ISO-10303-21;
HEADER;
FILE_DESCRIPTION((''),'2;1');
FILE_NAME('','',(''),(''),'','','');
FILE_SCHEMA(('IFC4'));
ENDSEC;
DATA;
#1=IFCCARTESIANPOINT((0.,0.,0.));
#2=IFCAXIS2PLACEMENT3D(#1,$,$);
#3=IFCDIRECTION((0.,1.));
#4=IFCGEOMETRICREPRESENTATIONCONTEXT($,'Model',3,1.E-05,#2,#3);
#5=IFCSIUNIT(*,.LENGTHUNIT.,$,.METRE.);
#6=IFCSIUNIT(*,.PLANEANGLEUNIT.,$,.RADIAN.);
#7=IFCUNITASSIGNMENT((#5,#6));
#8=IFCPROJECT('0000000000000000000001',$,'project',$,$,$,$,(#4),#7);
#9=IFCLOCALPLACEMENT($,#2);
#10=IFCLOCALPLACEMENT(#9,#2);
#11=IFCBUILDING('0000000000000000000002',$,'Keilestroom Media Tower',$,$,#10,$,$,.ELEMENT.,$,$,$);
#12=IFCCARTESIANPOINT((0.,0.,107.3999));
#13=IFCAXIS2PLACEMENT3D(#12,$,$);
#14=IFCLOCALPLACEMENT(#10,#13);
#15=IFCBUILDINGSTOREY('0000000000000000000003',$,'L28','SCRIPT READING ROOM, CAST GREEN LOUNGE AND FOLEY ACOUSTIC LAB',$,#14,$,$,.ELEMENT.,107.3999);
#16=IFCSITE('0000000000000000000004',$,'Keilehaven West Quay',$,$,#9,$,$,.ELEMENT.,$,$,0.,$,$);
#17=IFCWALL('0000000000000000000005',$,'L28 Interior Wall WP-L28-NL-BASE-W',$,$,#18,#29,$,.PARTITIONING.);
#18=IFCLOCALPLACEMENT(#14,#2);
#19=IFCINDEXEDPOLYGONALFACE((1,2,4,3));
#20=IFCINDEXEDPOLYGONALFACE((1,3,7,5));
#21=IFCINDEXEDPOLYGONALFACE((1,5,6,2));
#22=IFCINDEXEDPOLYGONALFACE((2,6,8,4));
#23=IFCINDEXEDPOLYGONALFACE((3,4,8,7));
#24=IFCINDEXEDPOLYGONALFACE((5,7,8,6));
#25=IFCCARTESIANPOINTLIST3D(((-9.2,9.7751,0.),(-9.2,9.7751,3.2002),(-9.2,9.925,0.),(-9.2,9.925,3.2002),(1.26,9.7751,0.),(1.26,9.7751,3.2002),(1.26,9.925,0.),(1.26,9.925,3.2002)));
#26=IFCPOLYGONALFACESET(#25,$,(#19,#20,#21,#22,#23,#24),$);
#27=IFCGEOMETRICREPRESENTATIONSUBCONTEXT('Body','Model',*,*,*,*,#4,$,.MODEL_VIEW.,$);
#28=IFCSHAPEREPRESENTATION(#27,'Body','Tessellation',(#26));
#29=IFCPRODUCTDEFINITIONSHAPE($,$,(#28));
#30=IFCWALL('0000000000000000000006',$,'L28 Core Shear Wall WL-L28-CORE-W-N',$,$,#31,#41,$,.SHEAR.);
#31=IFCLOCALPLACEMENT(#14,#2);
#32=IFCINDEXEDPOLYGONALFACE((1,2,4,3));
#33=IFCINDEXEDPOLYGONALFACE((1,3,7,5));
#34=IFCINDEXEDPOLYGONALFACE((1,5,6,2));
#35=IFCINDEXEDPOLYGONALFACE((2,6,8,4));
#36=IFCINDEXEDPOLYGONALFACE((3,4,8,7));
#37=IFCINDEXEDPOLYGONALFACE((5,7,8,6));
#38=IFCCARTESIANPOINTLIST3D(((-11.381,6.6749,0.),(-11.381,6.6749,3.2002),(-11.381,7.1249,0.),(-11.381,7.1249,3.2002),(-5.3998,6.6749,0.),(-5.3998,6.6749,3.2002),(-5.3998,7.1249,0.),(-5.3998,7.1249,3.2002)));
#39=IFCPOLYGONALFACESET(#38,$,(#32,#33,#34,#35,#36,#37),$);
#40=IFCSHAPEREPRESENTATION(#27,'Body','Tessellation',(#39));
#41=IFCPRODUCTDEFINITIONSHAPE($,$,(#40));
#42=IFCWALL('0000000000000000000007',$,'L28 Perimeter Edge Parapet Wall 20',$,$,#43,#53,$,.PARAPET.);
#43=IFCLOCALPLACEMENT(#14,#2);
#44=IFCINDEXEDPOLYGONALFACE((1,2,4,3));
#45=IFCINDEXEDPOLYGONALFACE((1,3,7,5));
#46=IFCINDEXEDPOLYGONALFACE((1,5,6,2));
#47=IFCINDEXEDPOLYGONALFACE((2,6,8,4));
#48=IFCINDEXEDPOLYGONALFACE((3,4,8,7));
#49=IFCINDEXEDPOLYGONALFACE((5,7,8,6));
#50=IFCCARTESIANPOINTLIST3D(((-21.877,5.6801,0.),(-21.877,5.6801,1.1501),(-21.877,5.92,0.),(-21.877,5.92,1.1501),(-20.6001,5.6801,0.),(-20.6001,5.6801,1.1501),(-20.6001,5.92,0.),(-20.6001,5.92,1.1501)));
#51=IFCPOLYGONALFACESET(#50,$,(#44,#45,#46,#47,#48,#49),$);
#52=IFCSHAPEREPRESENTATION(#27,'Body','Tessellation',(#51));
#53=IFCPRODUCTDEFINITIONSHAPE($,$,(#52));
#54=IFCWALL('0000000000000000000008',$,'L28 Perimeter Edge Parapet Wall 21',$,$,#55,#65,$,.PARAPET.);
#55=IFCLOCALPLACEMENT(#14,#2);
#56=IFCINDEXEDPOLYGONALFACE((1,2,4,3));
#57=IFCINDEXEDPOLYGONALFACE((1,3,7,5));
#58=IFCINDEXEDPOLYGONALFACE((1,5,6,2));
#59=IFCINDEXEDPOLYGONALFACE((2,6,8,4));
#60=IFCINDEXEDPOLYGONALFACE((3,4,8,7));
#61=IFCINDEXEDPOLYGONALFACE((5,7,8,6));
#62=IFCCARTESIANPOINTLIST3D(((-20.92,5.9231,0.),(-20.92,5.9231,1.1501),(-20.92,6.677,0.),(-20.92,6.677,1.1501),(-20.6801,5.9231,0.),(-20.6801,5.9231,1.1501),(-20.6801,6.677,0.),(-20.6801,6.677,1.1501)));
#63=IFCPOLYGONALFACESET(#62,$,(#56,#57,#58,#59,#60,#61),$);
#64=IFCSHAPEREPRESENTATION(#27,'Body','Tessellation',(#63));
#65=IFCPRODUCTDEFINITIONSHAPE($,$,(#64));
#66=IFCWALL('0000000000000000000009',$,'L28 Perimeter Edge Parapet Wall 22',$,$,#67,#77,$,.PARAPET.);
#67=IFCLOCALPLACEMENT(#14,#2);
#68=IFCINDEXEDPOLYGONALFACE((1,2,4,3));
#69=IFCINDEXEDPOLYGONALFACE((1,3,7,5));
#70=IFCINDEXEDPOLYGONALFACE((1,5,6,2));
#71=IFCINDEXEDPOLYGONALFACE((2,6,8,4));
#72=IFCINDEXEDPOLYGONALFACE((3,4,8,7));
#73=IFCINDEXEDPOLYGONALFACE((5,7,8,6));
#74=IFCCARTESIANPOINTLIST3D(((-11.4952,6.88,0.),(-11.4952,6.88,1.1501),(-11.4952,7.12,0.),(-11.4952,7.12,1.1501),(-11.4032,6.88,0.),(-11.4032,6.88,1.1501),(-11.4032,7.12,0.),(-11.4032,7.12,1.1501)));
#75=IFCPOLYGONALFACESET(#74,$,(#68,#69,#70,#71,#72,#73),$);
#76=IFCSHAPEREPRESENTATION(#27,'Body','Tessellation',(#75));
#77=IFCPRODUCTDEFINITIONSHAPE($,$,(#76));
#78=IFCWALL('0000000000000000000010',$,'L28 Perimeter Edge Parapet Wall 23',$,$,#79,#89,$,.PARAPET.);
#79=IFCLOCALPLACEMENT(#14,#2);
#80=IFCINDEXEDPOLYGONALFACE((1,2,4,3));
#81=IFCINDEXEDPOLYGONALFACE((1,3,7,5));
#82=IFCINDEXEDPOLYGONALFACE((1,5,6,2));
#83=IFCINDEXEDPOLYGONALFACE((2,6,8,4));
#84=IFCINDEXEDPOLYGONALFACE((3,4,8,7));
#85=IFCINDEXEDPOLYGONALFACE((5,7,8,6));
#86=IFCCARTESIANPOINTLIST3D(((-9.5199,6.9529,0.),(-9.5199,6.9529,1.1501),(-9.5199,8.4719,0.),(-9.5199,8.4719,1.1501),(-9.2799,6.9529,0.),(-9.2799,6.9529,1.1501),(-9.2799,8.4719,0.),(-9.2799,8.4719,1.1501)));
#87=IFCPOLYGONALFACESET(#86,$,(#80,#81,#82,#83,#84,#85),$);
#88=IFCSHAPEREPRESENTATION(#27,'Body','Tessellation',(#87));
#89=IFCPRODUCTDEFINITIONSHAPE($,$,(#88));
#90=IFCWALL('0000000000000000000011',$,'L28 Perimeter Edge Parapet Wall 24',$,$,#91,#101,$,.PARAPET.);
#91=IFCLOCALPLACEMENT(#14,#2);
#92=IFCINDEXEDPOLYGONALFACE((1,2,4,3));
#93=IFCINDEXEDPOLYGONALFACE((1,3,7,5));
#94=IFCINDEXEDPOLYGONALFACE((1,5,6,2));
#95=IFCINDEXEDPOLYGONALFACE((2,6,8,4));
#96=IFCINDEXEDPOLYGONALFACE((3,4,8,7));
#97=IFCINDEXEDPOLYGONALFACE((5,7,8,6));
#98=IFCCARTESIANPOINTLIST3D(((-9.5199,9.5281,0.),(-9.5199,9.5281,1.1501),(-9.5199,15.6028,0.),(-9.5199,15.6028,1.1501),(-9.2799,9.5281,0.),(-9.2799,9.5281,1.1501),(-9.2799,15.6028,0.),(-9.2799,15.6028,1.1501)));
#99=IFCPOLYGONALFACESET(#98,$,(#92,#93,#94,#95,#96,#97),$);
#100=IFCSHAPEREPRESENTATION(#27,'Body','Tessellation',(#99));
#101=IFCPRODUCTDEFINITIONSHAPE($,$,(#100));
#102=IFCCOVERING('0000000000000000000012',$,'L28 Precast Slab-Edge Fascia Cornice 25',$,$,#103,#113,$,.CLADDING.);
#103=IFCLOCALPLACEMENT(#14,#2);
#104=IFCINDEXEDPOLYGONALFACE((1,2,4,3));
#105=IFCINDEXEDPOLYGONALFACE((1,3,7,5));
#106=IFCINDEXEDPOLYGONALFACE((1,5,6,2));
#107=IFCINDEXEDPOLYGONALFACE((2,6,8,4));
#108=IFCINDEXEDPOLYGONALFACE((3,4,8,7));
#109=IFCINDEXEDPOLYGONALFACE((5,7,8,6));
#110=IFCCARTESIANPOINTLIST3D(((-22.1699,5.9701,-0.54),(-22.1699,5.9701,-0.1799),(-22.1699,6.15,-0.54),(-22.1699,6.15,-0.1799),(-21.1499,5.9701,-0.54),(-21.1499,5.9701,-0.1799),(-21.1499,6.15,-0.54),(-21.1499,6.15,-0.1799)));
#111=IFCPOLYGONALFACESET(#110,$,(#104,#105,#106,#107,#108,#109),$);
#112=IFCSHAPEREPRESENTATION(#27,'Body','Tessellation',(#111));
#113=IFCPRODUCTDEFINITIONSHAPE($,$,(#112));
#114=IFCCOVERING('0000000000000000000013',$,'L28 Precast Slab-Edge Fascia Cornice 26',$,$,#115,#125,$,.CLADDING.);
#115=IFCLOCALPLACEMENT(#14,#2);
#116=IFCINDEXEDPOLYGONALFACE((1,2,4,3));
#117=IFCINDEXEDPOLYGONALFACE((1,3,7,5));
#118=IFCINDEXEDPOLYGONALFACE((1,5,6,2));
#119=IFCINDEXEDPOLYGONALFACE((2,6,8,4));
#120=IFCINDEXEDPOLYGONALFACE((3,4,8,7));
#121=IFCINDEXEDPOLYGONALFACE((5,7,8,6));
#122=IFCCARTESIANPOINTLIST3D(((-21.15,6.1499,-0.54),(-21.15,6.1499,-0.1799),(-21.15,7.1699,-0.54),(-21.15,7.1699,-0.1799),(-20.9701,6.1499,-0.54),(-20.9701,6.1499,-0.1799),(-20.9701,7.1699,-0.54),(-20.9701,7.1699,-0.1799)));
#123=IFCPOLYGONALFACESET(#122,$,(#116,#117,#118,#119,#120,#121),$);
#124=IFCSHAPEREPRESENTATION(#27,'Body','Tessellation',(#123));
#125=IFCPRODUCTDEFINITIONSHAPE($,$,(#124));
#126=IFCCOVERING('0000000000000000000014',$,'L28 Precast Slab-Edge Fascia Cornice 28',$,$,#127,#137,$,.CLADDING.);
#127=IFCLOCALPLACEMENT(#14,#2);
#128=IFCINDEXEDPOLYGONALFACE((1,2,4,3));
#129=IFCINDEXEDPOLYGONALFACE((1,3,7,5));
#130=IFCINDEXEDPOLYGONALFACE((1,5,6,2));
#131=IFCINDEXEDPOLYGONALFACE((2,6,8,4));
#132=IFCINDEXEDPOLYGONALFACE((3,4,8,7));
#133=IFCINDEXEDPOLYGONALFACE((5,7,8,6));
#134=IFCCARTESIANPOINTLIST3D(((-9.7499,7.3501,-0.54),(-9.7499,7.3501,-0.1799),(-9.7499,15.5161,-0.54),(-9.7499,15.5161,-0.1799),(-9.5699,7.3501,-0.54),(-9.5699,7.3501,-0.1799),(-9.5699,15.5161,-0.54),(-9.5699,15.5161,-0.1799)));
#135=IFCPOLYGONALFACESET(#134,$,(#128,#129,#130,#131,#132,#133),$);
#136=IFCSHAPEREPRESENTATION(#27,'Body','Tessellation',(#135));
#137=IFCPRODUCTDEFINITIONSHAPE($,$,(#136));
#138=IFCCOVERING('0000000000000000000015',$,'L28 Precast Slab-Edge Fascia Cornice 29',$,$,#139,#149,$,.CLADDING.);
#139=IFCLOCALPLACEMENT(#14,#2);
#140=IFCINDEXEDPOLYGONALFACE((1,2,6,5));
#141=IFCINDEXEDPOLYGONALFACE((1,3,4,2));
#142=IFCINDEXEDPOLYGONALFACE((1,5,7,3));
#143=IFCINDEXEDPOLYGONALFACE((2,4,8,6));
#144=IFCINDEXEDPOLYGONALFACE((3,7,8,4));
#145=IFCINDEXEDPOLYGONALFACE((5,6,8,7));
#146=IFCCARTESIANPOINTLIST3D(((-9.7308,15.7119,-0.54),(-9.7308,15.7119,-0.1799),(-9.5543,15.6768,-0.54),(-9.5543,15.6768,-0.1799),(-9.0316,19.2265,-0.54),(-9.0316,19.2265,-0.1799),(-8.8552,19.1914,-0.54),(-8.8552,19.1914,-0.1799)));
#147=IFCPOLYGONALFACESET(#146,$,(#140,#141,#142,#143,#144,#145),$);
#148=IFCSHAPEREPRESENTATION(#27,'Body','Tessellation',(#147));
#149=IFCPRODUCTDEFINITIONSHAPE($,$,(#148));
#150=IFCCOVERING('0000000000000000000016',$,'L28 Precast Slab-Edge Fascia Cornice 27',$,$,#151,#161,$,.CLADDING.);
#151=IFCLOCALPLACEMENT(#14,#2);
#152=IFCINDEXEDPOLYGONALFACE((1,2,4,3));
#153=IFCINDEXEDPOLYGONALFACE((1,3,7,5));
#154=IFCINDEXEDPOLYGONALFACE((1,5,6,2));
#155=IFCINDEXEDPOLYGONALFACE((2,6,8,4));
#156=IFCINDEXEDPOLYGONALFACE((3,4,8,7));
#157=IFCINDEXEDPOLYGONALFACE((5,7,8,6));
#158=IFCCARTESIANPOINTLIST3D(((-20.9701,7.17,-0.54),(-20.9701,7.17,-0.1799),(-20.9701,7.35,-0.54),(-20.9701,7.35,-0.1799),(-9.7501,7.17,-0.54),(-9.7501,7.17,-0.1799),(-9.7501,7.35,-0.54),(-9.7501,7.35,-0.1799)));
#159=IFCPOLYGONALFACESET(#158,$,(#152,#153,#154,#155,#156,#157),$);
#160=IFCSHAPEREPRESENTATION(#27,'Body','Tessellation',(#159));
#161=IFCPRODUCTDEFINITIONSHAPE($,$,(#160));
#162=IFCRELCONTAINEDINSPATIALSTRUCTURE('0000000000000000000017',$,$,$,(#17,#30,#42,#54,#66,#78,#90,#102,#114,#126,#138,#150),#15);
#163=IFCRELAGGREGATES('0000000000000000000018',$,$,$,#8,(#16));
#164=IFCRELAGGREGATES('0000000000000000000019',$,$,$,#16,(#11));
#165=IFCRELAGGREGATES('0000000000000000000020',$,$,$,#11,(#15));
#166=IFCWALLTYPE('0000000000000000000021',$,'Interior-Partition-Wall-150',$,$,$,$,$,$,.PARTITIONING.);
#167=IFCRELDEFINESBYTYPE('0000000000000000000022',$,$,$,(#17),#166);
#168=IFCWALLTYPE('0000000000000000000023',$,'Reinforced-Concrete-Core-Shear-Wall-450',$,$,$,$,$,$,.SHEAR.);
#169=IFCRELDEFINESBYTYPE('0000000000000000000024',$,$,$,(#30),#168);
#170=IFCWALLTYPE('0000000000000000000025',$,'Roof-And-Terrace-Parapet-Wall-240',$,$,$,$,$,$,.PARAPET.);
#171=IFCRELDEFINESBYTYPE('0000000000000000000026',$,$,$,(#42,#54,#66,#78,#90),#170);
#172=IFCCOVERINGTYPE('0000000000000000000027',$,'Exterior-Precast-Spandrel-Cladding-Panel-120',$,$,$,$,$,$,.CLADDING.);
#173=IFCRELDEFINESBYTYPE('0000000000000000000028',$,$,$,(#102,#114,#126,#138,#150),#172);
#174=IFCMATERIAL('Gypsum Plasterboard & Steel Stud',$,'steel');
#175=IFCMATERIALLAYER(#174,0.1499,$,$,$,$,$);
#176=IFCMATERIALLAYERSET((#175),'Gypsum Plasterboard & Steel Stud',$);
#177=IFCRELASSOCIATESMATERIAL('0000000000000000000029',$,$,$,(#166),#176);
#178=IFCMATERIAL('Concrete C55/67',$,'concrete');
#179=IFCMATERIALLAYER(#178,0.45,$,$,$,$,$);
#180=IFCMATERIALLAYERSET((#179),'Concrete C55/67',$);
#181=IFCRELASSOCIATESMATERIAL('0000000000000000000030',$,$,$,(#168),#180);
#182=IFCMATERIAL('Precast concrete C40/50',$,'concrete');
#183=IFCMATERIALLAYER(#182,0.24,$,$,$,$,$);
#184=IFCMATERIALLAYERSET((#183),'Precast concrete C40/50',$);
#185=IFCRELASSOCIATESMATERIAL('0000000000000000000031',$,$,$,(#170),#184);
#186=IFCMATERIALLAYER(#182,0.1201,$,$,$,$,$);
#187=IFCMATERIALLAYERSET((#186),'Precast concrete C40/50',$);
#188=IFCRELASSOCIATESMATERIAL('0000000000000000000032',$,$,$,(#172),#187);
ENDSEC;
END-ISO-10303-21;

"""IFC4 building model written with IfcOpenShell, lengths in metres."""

from ifc_helpers import new_model, si_unit, direction, frame, frame_2d, origin, origin_2d, place, context, subcontext, project, spatial, rectangle, extrude, source, transform, mapped, material, layer, layer_set, type_object, element, save


model = new_model("IFC4")

# Units and contexts
model_context = context("Model", 3, precision=1e-05, world=origin(), true_north=direction((0.0, 1.0)))
body_context = subcontext(model_context, "Body", "Model", "MODEL_VIEW")
ifc_project = project(units=[si_unit("LENGTHUNIT", "METRE"), si_unit("PLANEANGLEUNIT", "RADIAN")], contexts=[model_context])

# Site, building, storey
site_placement = place(None, origin())
site = spatial("IfcSite", under=ifc_project, at=site_placement, Name="Keilehaven West Quay", CompositionType="ELEMENT", RefElevation=0.0)
building_placement = place(site_placement, origin())
building = spatial("IfcBuilding", under=site, at=building_placement, Name="Keilestroom Media Tower", CompositionType="ELEMENT")
storey_placement = place(building_placement, frame((0.0, 0.0, 107.3999)))
storey = spatial("IfcBuildingStorey", under=building, at=storey_placement, Name="L28", Description="SCRIPT READING ROOM, CAST GREEN LOUNGE AND FOLEY ACOUSTIC LAB", CompositionType="ELEMENT", Elevation=107.3999)

# Shared definitions
ifc_material_1 = material(Name="Precast concrete C40/50", Category="concrete")
ifc_material_2 = material(Name="Concrete C55/67", Category="concrete")

# Shared definitions
ifc_material_3 = material(Name="Gypsum Plasterboard & Steel Stud", Category="steel")

# Walls
ifc_layer_1 = layer(ifc_material_3, 0.1499)
ifc_layer_set_1 = layer_set([ifc_layer_1], Name="Gypsum Plasterboard & Steel Stud")
wall_type_1 = type_object("IfcWallType", Name="Interior-Partition-Wall-150", PredefinedType="PARTITIONING", material=ifc_layer_set_1)
wall_1_placement = place(storey_placement, frame((-9.2, 9.8501, 0.0), z_axis=(0.0, 0.0, 1.0), x_axis=(1.0, 0.0, 0.0)))
element("IfcWall", 1, at=wall_1_placement, inside=storey, type_object=wall_type_1, Name="L28 Interior Wall WP-L28-NL-BASE-W", PredefinedType="PARTITIONING", context=body_context, shape_type="SweptSolid", body=[
    extrude(rectangle(XDim=10.46, YDim=0.1499, at=frame_2d((5.23, 0.0))), origin(), (0.0, 0.0, 1.0), 3.2002),
])
ifc_layer_2 = layer(ifc_material_2, 0.45)
ifc_layer_set_2 = layer_set([ifc_layer_2], Name="Concrete C55/67")
wall_type_2 = type_object("IfcWallType", Name="Reinforced-Concrete-Core-Shear-Wall-450", PredefinedType="SHEAR", material=ifc_layer_set_2)
wall_2_placement = place(storey_placement, frame((-11.3811, 6.8999, 0.0), z_axis=(0.0, 0.0, 1.0), x_axis=(1.0, 0.0, 0.0)))
element("IfcWall", 2, at=wall_2_placement, inside=storey, type_object=wall_type_2, Name="L28 Core Shear Wall WL-L28-CORE-W-N", PredefinedType="SHEAR", context=body_context, shape_type="SweptSolid", body=[
    extrude(rectangle(XDim=5.9812, YDim=0.45, at=frame_2d((2.9907, 0.0))), origin(), (0.0, 0.0, 1.0), 3.2002),
])
ifc_layer_3 = layer(ifc_material_1, 0.24)
ifc_layer_set_3 = layer_set([ifc_layer_3], Name="Precast concrete C40/50")
wall_type_3 = type_object("IfcWallType", Name="Roof-And-Terrace-Parapet-Wall-240", PredefinedType="PARAPET", material=ifc_layer_set_3)
wall_3_placement = place(storey_placement, frame((-21.877, 5.8, 0.0), z_axis=(0.0, 0.0, 1.0), x_axis=(1.0, 0.0, 0.0)))
element("IfcWall", 3, at=wall_3_placement, inside=storey, type_object=wall_type_3, Name="L28 Perimeter Edge Parapet Wall 20", PredefinedType="PARAPET", context=body_context, shape_type="SweptSolid", body=[
    extrude(rectangle(XDim=1.2769, YDim=0.24, at=frame_2d((0.6384, 0.0))), origin(), (0.0, 0.0, 1.0), 1.1501),
])
wall_4_placement = place(storey_placement, frame((-20.8, 5.9231, 0.0), z_axis=(0.0, 0.0, 1.0), x_axis=(0.0, 1.0, 0.0)))
element("IfcWall", 4, at=wall_4_placement, inside=storey, type_object=wall_type_3, Name="L28 Perimeter Edge Parapet Wall 21", PredefinedType="PARAPET", context=body_context, shape_type="SweptSolid", body=[
    extrude(rectangle(XDim=0.7539, YDim=0.24, at=frame_2d((0.377, 0.0))), origin(), (0.0, 0.0, 1.0), 1.1501),
])
wall_5_placement = place(storey_placement, frame((-11.4951, 7.0, 0.0), z_axis=(0.0, 0.0, 1.0), x_axis=(1.0, 0.0, 0.0)))
element("IfcWall", 5, at=wall_5_placement, inside=storey, type_object=wall_type_3, Name="L28 Perimeter Edge Parapet Wall 22", PredefinedType="PARAPET", context=body_context, shape_type="SweptSolid", body=[
    extrude(rectangle(XDim=0.092, YDim=0.24, at=frame_2d((0.0459, 0.0))), origin(), (0.0, 0.0, 1.0), 1.1501),
])
wall_6_placement = place(storey_placement, frame((-9.3999, 6.9529, 0.0), z_axis=(0.0, 0.0, 1.0), x_axis=(0.0, 1.0, 0.0)))
element("IfcWall", 6, at=wall_6_placement, inside=storey, type_object=wall_type_3, Name="L28 Perimeter Edge Parapet Wall 23", PredefinedType="PARAPET", context=body_context, shape_type="SweptSolid", body=[
    extrude(rectangle(XDim=1.519, YDim=0.24, at=frame_2d((0.7595, 0.0))), origin(), (0.0, 0.0, 1.0), 1.1501),
])
wall_7_placement = place(storey_placement, frame((-9.3999, 9.5281, 0.0), z_axis=(0.0, 0.0, 1.0), x_axis=(0.0, 1.0, 0.0)))
element("IfcWall", 7, at=wall_7_placement, inside=storey, type_object=wall_type_3, Name="L28 Perimeter Edge Parapet Wall 24", PredefinedType="PARAPET", context=body_context, shape_type="SweptSolid", body=[
    extrude(rectangle(XDim=6.0747, YDim=0.24, at=frame_2d((3.0374, 0.0))), origin(), (0.0, 0.0, 1.0), 1.1501),
])

# Coverings
ifc_layer_4 = layer(ifc_material_1, 0.1201)
ifc_layer_set_4 = layer_set([ifc_layer_4], Name="Precast concrete C40/50")
covering_type = type_object("IfcCoveringType", Name="Exterior-Precast-Spandrel-Cladding-Panel-120", PredefinedType="CLADDING", material=ifc_layer_set_4)
shared_shape_1 = source(origin(), body_context, "Body", "SweptSolid", [
    extrude(rectangle(XDim=1.02, YDim=0.1799, at=origin_2d()), origin(), (0.0, 0.0, 1.0), 0.3601),
])
for number, where, z_axis, x_axis, name in (
    (8, (-21.6599, 6.0601, -0.54), (0.0, 0.0, 1.0), (1.0, 0.0, 0.0), "L28 Precast Slab-Edge Fascia Cornice 25"),
    (9, (-21.0601, 6.6599, -0.54), (0.0, 0.0, 1.0), (0.0, 1.0, 0.0), "L28 Precast Slab-Edge Fascia Cornice 26"),
):
    element("IfcCovering", number, at=place(storey_placement, frame(where, z_axis=z_axis, x_axis=x_axis)), inside=storey, type_object=covering_type, Name=name, PredefinedType="CLADDING", context=body_context, shape_type="MappedRepresentation", body=[
        mapped(shared_shape_1, transform((0.0, 0.0, 0.0), x_axis=(1.0, 0.0, 0.0), y_axis=(0.0, 1.0, 0.0), z_axis=(0.0, 0.0, 1.0), scale=1.0)),
    ])
shared_shape_2 = source(origin(), body_context, "Body", "SweptSolid", [
    extrude(rectangle(XDim=8.166, YDim=0.1799, at=origin_2d()), origin(), (0.0, 0.0, 1.0), 0.3601),
])
covering_1_placement = place(storey_placement, frame((-9.6599, 11.4331, -0.54), z_axis=(0.0, 0.0, 1.0), x_axis=(0.0, 1.0, 0.0)))
element("IfcCovering", 10, at=covering_1_placement, inside=storey, type_object=covering_type, Name="L28 Precast Slab-Edge Fascia Cornice 28", PredefinedType="CLADDING", context=body_context, shape_type="MappedRepresentation", body=[
    mapped(shared_shape_2, transform((0.0, 0.0, 0.0), x_axis=(1.0, 0.0, 0.0), y_axis=(0.0, 1.0, 0.0), z_axis=(0.0, 0.0, 1.0), scale=1.0)),
])
shared_shape_3 = source(origin(), body_context, "Body", "SweptSolid", [
    extrude(rectangle(XDim=3.5835, YDim=0.1799, at=origin_2d()), origin(), (0.0, 0.0, 1.0), 0.3601),
])
covering_2_placement = place(storey_placement, frame((-9.293, 17.4517, -0.54), z_axis=(0.0, 0.0, 1.0), x_axis=(0.195099, 0.980784, 0.0)))
element("IfcCovering", 11, at=covering_2_placement, inside=storey, type_object=covering_type, Name="L28 Precast Slab-Edge Fascia Cornice 29", PredefinedType="CLADDING", context=body_context, shape_type="MappedRepresentation", body=[
    mapped(shared_shape_3, transform((0.0, 0.0, 0.0), x_axis=(1.0, 0.0, 0.0), y_axis=(0.0, 1.0, 0.0), z_axis=(0.0, 0.0, 1.0), scale=1.0)),
])
shared_shape_4 = source(origin(), body_context, "Body", "SweptSolid", [
    extrude(rectangle(XDim=11.22, YDim=0.1799, at=origin_2d()), origin(), (0.0, 0.0, 1.0), 0.3601),
])
covering_3_placement = place(storey_placement, frame((-15.3601, 7.26, -0.54), z_axis=(0.0, 0.0, 1.0), x_axis=(1.0, 0.0, 0.0)))
element("IfcCovering", 12, at=covering_3_placement, inside=storey, type_object=covering_type, Name="L28 Precast Slab-Edge Fascia Cornice 27", PredefinedType="CLADDING", context=body_context, shape_type="MappedRepresentation", body=[
    mapped(shared_shape_4, transform((0.0, 0.0, 0.0), x_axis=(1.0, 0.0, 0.0), y_axis=(0.0, 1.0, 0.0), z_axis=(0.0, 0.0, 1.0), scale=1.0)),
])

save(model, "model.ifc")
